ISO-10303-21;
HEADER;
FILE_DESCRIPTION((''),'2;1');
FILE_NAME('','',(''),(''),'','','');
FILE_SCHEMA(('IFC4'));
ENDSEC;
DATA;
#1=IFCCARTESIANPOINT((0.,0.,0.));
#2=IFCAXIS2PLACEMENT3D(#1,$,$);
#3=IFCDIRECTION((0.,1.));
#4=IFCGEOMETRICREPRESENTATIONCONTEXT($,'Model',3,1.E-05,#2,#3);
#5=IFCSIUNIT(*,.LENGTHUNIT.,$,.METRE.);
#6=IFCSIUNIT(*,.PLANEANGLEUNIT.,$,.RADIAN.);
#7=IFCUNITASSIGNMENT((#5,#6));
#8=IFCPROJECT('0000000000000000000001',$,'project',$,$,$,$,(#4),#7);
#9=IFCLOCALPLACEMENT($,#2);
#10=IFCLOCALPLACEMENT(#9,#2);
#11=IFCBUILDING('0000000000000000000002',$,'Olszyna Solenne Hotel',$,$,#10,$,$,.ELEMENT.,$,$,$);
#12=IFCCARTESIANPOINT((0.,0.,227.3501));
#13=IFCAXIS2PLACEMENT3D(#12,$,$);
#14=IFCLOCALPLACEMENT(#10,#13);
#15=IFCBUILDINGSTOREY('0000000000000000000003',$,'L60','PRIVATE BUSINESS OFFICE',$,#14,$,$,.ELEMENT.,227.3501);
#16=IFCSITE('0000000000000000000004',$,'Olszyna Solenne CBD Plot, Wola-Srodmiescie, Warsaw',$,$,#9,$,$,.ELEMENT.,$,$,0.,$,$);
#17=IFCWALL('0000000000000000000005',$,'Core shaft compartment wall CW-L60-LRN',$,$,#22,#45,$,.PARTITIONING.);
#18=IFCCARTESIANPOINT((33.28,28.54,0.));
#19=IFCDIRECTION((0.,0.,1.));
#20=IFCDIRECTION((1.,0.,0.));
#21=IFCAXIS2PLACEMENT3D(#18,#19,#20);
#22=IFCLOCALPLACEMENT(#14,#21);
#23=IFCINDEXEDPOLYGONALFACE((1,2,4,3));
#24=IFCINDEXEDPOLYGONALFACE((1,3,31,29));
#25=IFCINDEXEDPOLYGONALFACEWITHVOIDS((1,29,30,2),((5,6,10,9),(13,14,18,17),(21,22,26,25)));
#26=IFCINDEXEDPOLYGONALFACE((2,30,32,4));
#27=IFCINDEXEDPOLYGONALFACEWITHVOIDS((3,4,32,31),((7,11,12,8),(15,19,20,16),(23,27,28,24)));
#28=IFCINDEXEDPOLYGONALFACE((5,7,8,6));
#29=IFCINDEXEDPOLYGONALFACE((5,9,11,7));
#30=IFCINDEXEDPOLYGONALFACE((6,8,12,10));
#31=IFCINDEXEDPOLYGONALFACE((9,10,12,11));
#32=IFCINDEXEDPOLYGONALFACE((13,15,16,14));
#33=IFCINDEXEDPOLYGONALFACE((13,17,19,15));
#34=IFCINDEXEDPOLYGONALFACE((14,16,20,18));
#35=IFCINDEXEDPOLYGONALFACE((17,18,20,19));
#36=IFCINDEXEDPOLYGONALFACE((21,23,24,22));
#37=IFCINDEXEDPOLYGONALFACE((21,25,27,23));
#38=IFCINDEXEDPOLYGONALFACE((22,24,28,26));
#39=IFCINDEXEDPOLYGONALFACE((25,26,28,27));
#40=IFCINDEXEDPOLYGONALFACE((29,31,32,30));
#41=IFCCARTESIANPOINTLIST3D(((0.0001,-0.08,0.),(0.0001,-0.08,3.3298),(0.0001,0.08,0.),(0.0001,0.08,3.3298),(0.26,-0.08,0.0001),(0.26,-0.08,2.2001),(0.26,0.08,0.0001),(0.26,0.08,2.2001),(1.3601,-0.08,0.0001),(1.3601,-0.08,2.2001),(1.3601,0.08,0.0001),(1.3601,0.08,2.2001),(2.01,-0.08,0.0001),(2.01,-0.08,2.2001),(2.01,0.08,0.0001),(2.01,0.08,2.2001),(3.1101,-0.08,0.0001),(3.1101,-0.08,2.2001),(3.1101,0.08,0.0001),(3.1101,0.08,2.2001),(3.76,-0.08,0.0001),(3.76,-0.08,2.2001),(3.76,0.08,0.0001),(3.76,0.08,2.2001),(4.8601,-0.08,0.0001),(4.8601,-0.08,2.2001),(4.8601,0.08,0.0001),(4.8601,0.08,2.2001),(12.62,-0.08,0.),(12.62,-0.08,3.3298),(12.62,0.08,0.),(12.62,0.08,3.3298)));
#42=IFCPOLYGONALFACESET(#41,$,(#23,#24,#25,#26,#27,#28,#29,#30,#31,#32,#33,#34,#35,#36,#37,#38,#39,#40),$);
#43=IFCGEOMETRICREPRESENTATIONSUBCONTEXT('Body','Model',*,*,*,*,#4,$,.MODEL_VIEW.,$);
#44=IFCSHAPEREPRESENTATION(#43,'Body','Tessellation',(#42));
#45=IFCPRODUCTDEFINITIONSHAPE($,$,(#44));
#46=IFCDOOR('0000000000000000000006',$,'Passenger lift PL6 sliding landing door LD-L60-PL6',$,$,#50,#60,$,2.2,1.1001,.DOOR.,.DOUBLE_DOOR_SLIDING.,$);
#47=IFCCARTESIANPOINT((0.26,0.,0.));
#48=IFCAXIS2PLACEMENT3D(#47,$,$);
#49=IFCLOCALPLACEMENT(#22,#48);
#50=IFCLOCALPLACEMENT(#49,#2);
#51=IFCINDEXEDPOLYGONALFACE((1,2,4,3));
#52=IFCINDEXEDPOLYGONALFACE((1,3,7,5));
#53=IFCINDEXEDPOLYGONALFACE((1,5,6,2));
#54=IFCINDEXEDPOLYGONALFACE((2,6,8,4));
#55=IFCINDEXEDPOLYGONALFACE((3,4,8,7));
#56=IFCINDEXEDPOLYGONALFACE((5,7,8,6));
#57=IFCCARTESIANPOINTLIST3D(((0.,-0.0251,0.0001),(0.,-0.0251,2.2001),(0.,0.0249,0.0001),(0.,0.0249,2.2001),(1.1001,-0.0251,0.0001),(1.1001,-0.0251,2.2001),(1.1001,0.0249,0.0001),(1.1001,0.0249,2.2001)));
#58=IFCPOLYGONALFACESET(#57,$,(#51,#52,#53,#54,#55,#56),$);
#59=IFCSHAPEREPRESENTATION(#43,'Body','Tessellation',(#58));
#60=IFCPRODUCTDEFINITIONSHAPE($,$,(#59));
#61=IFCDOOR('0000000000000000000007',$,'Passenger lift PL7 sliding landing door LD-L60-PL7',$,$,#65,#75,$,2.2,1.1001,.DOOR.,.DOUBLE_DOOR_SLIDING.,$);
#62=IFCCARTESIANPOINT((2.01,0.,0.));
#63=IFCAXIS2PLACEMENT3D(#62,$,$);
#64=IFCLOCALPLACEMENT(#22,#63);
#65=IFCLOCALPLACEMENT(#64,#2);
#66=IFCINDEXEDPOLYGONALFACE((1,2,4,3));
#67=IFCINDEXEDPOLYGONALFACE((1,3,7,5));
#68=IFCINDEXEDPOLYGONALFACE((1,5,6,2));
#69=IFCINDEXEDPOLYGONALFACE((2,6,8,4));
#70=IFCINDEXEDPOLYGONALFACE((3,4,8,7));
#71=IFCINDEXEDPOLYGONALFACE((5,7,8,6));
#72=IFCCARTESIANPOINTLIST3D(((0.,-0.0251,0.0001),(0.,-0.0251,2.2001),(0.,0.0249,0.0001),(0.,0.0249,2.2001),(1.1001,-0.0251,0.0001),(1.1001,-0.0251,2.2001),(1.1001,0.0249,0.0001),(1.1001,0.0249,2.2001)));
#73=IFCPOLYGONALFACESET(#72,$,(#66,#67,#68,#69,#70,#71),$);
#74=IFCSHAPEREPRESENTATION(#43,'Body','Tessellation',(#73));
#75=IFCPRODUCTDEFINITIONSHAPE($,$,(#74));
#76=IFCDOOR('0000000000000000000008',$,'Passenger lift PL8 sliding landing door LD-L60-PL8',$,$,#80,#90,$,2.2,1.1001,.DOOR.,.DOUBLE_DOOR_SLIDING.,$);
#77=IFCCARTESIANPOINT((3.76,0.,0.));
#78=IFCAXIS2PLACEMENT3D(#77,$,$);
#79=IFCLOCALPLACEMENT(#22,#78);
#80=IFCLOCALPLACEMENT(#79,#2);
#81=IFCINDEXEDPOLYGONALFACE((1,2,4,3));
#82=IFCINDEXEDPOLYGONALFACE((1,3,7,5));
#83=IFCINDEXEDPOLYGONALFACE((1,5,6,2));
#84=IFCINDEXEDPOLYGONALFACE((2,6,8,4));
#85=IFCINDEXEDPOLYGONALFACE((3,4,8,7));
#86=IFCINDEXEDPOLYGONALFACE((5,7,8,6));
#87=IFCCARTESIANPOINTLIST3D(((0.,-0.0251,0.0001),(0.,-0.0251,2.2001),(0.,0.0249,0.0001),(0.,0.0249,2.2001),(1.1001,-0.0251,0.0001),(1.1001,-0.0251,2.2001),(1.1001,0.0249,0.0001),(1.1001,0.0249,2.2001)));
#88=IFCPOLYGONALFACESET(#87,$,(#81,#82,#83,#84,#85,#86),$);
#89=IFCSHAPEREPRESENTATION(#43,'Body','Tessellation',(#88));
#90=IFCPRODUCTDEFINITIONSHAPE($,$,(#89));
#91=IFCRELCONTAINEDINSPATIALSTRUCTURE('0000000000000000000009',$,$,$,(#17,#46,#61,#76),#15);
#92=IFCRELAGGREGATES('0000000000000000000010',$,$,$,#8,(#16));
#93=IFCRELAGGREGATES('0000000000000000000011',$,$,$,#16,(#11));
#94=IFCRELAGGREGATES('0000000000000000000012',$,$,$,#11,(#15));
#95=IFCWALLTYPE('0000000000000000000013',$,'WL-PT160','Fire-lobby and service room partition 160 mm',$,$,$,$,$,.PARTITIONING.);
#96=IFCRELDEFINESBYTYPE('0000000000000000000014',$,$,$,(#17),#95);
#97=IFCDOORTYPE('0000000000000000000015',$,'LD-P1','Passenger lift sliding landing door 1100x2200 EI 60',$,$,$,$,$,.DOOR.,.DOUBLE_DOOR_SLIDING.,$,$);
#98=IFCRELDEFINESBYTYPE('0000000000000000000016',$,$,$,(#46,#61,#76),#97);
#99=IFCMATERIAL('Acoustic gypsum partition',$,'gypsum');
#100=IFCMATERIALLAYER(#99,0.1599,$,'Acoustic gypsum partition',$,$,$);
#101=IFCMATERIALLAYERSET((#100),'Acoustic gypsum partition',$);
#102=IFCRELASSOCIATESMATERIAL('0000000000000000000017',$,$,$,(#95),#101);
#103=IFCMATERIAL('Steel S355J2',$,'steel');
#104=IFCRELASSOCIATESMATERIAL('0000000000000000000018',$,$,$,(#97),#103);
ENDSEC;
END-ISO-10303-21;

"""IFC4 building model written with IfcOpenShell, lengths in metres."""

from ifc_helpers import new_model, si_unit, direction, frame, frame_2d, origin, place, context, subcontext, project, spatial, rectangle, extrude, source, transform, mapped, material, layer, layer_set, type_object, type_shapes, element, fill, save


model = new_model("IFC4")

# Units and contexts
model_context = context("Model", 3, precision=1e-05, world=origin(), true_north=direction((0.0, 1.0)))
body_context = subcontext(model_context, "Body", "Model", "MODEL_VIEW")
ifc_project = project(units=[si_unit("LENGTHUNIT", "METRE"), si_unit("PLANEANGLEUNIT", "RADIAN")], contexts=[model_context])

# Site, building, storey
site_placement = place(None, origin())
site = spatial("IfcSite", under=ifc_project, at=site_placement, Name="Olszyna Solenne CBD Plot, Wola-Srodmiescie, Warsaw", CompositionType="ELEMENT", RefElevation=0.0)
building_placement = place(site_placement, origin())
building = spatial("IfcBuilding", under=site, at=building_placement, Name="Olszyna Solenne Hotel", CompositionType="ELEMENT")
storey_placement = place(building_placement, frame((0.0, 0.0, 227.3501)))
storey = spatial("IfcBuildingStorey", under=building, at=storey_placement, Name="L60", Description="PRIVATE BUSINESS OFFICE", CompositionType="ELEMENT", Elevation=227.3501)

# Shared definitions
ifc_material_1 = material(Name="Steel S355J2", Category="steel")

# Shared definitions
ifc_material_2 = material(Name="Acoustic gypsum partition", Category="gypsum")
ifc_layer_1 = layer(ifc_material_2, 0.1599, Name="Acoustic gypsum partition")
ifc_layer_set_1 = layer_set([ifc_layer_1], Name="Acoustic gypsum partition")
wall_type_1 = type_object("IfcWallType", Name="WL-PT160", Description="Fire-lobby and service room partition 160 mm", PredefinedType="PARTITIONING", material=ifc_layer_set_1)

# Wall, openings, doors
door_type_1 = type_object("IfcDoorType", Name="LD-P1", Description="Passenger lift sliding landing door 1100x2200 EI 60", OperationType="DOUBLE_DOOR_SLIDING", PredefinedType="DOOR", material=ifc_material_1)
shared_shape_1 = source(origin(), body_context, "Body", "SweptSolid", [
    extrude(rectangle(XDim=1.1001, YDim=2.2, at=frame_2d((0.55, 1.1001))), frame((0.0, 0.0249, 0.0), z_axis=(0.0, -1.0, 0.0), x_axis=(1.0, 0.0, 0.0)), (0.0, 0.0, 1.0), 0.05),
])
type_shapes(door_type_1, [shared_shape_1])
wall_1_placement = place(storey_placement, frame((33.28, 28.54, 0.0), z_axis=(0.0, 0.0, 1.0), x_axis=(1.0, 0.0, 0.0)))
wall_1 = element("IfcWall", 1, at=wall_1_placement, inside=storey, type_object=wall_type_1, Name="Core shaft compartment wall CW-L60-LRN", PredefinedType="PARTITIONING", context=body_context, shape_type="SweptSolid", body=[
    extrude(rectangle(XDim=12.6199, YDim=0.1599, at=frame_2d((6.3101, 0.0))), origin(), (0.0, 0.0, 1.0), 3.3298),
])
opening_1_placement = place(wall_1_placement, frame((0.26, 0.0, 0.0)))
opening_1 = element("IfcOpeningElement", 2, at=opening_1_placement, cuts=wall_1, PredefinedType="OPENING", context=body_context, shape_type="SweptSolid", body=[
    extrude(rectangle(XDim=1.1001, YDim=2.2, at=frame_2d((0.55, 1.1001))), frame((0.0, 0.0898, 0.0), z_axis=(0.0, -1.0, 0.0), x_axis=(1.0, 0.0, 0.0)), (0.0, 0.0, 1.0), 0.1799),
])
opening_2_placement = place(wall_1_placement, frame((2.01, 0.0, 0.0)))
opening_2 = element("IfcOpeningElement", 3, at=opening_2_placement, cuts=wall_1, PredefinedType="OPENING", context=body_context, shape_type="SweptSolid", body=[
    extrude(rectangle(XDim=1.1001, YDim=2.2, at=frame_2d((0.55, 1.1001))), frame((0.0, 0.0898, 0.0), z_axis=(0.0, -1.0, 0.0), x_axis=(1.0, 0.0, 0.0)), (0.0, 0.0, 1.0), 0.1799),
])
opening_3_placement = place(wall_1_placement, frame((3.76, 0.0, 0.0)))
opening_3 = element("IfcOpeningElement", 4, at=opening_3_placement, cuts=wall_1, PredefinedType="OPENING", context=body_context, shape_type="SweptSolid", body=[
    extrude(rectangle(XDim=1.1001, YDim=2.2, at=frame_2d((0.55, 1.1001))), frame((0.0, 0.0898, 0.0), z_axis=(0.0, -1.0, 0.0), x_axis=(1.0, 0.0, 0.0)), (0.0, 0.0, 1.0), 0.1799),
])
door_1_placement = place(opening_1_placement, origin())
door_1 = element("IfcDoor", 5, at=door_1_placement, inside=storey, type_object=door_type_1, Name="Passenger lift PL6 sliding landing door LD-L60-PL6", OperationType="DOUBLE_DOOR_SLIDING", OverallHeight=2.2, OverallWidth=1.1001, PredefinedType="DOOR", context=body_context, shape_type="MappedRepresentation", body=[
    mapped(shared_shape_1, transform((0.0, 0.0, 0.0), x_axis=(1.0, 0.0, 0.0), y_axis=(0.0, 1.0, 0.0), z_axis=(0.0, 0.0, 1.0), scale=1.0)),
])
fill(opening_1, door_1)
door_2_placement = place(opening_2_placement, origin())
door_2 = element("IfcDoor", 6, at=door_2_placement, inside=storey, type_object=door_type_1, Name="Passenger lift PL7 sliding landing door LD-L60-PL7", OperationType="DOUBLE_DOOR_SLIDING", OverallHeight=2.2, OverallWidth=1.1001, PredefinedType="DOOR", context=body_context, shape_type="MappedRepresentation", body=[
    mapped(shared_shape_1, transform((0.0, 0.0, 0.0), x_axis=(1.0, 0.0, 0.0), y_axis=(0.0, 1.0, 0.0), z_axis=(0.0, 0.0, 1.0), scale=1.0)),
])
fill(opening_2, door_2)
door_3_placement = place(opening_3_placement, origin())
door_3 = element("IfcDoor", 7, at=door_3_placement, inside=storey, type_object=door_type_1, Name="Passenger lift PL8 sliding landing door LD-L60-PL8", OperationType="DOUBLE_DOOR_SLIDING", OverallHeight=2.2, OverallWidth=1.1001, PredefinedType="DOOR", context=body_context, shape_type="MappedRepresentation", body=[
    mapped(shared_shape_1, transform((0.0, 0.0, 0.0), x_axis=(1.0, 0.0, 0.0), y_axis=(0.0, 1.0, 0.0), z_axis=(0.0, 0.0, 1.0), scale=1.0)),
])
fill(opening_3, door_3)

save(model, "model.ifc")
